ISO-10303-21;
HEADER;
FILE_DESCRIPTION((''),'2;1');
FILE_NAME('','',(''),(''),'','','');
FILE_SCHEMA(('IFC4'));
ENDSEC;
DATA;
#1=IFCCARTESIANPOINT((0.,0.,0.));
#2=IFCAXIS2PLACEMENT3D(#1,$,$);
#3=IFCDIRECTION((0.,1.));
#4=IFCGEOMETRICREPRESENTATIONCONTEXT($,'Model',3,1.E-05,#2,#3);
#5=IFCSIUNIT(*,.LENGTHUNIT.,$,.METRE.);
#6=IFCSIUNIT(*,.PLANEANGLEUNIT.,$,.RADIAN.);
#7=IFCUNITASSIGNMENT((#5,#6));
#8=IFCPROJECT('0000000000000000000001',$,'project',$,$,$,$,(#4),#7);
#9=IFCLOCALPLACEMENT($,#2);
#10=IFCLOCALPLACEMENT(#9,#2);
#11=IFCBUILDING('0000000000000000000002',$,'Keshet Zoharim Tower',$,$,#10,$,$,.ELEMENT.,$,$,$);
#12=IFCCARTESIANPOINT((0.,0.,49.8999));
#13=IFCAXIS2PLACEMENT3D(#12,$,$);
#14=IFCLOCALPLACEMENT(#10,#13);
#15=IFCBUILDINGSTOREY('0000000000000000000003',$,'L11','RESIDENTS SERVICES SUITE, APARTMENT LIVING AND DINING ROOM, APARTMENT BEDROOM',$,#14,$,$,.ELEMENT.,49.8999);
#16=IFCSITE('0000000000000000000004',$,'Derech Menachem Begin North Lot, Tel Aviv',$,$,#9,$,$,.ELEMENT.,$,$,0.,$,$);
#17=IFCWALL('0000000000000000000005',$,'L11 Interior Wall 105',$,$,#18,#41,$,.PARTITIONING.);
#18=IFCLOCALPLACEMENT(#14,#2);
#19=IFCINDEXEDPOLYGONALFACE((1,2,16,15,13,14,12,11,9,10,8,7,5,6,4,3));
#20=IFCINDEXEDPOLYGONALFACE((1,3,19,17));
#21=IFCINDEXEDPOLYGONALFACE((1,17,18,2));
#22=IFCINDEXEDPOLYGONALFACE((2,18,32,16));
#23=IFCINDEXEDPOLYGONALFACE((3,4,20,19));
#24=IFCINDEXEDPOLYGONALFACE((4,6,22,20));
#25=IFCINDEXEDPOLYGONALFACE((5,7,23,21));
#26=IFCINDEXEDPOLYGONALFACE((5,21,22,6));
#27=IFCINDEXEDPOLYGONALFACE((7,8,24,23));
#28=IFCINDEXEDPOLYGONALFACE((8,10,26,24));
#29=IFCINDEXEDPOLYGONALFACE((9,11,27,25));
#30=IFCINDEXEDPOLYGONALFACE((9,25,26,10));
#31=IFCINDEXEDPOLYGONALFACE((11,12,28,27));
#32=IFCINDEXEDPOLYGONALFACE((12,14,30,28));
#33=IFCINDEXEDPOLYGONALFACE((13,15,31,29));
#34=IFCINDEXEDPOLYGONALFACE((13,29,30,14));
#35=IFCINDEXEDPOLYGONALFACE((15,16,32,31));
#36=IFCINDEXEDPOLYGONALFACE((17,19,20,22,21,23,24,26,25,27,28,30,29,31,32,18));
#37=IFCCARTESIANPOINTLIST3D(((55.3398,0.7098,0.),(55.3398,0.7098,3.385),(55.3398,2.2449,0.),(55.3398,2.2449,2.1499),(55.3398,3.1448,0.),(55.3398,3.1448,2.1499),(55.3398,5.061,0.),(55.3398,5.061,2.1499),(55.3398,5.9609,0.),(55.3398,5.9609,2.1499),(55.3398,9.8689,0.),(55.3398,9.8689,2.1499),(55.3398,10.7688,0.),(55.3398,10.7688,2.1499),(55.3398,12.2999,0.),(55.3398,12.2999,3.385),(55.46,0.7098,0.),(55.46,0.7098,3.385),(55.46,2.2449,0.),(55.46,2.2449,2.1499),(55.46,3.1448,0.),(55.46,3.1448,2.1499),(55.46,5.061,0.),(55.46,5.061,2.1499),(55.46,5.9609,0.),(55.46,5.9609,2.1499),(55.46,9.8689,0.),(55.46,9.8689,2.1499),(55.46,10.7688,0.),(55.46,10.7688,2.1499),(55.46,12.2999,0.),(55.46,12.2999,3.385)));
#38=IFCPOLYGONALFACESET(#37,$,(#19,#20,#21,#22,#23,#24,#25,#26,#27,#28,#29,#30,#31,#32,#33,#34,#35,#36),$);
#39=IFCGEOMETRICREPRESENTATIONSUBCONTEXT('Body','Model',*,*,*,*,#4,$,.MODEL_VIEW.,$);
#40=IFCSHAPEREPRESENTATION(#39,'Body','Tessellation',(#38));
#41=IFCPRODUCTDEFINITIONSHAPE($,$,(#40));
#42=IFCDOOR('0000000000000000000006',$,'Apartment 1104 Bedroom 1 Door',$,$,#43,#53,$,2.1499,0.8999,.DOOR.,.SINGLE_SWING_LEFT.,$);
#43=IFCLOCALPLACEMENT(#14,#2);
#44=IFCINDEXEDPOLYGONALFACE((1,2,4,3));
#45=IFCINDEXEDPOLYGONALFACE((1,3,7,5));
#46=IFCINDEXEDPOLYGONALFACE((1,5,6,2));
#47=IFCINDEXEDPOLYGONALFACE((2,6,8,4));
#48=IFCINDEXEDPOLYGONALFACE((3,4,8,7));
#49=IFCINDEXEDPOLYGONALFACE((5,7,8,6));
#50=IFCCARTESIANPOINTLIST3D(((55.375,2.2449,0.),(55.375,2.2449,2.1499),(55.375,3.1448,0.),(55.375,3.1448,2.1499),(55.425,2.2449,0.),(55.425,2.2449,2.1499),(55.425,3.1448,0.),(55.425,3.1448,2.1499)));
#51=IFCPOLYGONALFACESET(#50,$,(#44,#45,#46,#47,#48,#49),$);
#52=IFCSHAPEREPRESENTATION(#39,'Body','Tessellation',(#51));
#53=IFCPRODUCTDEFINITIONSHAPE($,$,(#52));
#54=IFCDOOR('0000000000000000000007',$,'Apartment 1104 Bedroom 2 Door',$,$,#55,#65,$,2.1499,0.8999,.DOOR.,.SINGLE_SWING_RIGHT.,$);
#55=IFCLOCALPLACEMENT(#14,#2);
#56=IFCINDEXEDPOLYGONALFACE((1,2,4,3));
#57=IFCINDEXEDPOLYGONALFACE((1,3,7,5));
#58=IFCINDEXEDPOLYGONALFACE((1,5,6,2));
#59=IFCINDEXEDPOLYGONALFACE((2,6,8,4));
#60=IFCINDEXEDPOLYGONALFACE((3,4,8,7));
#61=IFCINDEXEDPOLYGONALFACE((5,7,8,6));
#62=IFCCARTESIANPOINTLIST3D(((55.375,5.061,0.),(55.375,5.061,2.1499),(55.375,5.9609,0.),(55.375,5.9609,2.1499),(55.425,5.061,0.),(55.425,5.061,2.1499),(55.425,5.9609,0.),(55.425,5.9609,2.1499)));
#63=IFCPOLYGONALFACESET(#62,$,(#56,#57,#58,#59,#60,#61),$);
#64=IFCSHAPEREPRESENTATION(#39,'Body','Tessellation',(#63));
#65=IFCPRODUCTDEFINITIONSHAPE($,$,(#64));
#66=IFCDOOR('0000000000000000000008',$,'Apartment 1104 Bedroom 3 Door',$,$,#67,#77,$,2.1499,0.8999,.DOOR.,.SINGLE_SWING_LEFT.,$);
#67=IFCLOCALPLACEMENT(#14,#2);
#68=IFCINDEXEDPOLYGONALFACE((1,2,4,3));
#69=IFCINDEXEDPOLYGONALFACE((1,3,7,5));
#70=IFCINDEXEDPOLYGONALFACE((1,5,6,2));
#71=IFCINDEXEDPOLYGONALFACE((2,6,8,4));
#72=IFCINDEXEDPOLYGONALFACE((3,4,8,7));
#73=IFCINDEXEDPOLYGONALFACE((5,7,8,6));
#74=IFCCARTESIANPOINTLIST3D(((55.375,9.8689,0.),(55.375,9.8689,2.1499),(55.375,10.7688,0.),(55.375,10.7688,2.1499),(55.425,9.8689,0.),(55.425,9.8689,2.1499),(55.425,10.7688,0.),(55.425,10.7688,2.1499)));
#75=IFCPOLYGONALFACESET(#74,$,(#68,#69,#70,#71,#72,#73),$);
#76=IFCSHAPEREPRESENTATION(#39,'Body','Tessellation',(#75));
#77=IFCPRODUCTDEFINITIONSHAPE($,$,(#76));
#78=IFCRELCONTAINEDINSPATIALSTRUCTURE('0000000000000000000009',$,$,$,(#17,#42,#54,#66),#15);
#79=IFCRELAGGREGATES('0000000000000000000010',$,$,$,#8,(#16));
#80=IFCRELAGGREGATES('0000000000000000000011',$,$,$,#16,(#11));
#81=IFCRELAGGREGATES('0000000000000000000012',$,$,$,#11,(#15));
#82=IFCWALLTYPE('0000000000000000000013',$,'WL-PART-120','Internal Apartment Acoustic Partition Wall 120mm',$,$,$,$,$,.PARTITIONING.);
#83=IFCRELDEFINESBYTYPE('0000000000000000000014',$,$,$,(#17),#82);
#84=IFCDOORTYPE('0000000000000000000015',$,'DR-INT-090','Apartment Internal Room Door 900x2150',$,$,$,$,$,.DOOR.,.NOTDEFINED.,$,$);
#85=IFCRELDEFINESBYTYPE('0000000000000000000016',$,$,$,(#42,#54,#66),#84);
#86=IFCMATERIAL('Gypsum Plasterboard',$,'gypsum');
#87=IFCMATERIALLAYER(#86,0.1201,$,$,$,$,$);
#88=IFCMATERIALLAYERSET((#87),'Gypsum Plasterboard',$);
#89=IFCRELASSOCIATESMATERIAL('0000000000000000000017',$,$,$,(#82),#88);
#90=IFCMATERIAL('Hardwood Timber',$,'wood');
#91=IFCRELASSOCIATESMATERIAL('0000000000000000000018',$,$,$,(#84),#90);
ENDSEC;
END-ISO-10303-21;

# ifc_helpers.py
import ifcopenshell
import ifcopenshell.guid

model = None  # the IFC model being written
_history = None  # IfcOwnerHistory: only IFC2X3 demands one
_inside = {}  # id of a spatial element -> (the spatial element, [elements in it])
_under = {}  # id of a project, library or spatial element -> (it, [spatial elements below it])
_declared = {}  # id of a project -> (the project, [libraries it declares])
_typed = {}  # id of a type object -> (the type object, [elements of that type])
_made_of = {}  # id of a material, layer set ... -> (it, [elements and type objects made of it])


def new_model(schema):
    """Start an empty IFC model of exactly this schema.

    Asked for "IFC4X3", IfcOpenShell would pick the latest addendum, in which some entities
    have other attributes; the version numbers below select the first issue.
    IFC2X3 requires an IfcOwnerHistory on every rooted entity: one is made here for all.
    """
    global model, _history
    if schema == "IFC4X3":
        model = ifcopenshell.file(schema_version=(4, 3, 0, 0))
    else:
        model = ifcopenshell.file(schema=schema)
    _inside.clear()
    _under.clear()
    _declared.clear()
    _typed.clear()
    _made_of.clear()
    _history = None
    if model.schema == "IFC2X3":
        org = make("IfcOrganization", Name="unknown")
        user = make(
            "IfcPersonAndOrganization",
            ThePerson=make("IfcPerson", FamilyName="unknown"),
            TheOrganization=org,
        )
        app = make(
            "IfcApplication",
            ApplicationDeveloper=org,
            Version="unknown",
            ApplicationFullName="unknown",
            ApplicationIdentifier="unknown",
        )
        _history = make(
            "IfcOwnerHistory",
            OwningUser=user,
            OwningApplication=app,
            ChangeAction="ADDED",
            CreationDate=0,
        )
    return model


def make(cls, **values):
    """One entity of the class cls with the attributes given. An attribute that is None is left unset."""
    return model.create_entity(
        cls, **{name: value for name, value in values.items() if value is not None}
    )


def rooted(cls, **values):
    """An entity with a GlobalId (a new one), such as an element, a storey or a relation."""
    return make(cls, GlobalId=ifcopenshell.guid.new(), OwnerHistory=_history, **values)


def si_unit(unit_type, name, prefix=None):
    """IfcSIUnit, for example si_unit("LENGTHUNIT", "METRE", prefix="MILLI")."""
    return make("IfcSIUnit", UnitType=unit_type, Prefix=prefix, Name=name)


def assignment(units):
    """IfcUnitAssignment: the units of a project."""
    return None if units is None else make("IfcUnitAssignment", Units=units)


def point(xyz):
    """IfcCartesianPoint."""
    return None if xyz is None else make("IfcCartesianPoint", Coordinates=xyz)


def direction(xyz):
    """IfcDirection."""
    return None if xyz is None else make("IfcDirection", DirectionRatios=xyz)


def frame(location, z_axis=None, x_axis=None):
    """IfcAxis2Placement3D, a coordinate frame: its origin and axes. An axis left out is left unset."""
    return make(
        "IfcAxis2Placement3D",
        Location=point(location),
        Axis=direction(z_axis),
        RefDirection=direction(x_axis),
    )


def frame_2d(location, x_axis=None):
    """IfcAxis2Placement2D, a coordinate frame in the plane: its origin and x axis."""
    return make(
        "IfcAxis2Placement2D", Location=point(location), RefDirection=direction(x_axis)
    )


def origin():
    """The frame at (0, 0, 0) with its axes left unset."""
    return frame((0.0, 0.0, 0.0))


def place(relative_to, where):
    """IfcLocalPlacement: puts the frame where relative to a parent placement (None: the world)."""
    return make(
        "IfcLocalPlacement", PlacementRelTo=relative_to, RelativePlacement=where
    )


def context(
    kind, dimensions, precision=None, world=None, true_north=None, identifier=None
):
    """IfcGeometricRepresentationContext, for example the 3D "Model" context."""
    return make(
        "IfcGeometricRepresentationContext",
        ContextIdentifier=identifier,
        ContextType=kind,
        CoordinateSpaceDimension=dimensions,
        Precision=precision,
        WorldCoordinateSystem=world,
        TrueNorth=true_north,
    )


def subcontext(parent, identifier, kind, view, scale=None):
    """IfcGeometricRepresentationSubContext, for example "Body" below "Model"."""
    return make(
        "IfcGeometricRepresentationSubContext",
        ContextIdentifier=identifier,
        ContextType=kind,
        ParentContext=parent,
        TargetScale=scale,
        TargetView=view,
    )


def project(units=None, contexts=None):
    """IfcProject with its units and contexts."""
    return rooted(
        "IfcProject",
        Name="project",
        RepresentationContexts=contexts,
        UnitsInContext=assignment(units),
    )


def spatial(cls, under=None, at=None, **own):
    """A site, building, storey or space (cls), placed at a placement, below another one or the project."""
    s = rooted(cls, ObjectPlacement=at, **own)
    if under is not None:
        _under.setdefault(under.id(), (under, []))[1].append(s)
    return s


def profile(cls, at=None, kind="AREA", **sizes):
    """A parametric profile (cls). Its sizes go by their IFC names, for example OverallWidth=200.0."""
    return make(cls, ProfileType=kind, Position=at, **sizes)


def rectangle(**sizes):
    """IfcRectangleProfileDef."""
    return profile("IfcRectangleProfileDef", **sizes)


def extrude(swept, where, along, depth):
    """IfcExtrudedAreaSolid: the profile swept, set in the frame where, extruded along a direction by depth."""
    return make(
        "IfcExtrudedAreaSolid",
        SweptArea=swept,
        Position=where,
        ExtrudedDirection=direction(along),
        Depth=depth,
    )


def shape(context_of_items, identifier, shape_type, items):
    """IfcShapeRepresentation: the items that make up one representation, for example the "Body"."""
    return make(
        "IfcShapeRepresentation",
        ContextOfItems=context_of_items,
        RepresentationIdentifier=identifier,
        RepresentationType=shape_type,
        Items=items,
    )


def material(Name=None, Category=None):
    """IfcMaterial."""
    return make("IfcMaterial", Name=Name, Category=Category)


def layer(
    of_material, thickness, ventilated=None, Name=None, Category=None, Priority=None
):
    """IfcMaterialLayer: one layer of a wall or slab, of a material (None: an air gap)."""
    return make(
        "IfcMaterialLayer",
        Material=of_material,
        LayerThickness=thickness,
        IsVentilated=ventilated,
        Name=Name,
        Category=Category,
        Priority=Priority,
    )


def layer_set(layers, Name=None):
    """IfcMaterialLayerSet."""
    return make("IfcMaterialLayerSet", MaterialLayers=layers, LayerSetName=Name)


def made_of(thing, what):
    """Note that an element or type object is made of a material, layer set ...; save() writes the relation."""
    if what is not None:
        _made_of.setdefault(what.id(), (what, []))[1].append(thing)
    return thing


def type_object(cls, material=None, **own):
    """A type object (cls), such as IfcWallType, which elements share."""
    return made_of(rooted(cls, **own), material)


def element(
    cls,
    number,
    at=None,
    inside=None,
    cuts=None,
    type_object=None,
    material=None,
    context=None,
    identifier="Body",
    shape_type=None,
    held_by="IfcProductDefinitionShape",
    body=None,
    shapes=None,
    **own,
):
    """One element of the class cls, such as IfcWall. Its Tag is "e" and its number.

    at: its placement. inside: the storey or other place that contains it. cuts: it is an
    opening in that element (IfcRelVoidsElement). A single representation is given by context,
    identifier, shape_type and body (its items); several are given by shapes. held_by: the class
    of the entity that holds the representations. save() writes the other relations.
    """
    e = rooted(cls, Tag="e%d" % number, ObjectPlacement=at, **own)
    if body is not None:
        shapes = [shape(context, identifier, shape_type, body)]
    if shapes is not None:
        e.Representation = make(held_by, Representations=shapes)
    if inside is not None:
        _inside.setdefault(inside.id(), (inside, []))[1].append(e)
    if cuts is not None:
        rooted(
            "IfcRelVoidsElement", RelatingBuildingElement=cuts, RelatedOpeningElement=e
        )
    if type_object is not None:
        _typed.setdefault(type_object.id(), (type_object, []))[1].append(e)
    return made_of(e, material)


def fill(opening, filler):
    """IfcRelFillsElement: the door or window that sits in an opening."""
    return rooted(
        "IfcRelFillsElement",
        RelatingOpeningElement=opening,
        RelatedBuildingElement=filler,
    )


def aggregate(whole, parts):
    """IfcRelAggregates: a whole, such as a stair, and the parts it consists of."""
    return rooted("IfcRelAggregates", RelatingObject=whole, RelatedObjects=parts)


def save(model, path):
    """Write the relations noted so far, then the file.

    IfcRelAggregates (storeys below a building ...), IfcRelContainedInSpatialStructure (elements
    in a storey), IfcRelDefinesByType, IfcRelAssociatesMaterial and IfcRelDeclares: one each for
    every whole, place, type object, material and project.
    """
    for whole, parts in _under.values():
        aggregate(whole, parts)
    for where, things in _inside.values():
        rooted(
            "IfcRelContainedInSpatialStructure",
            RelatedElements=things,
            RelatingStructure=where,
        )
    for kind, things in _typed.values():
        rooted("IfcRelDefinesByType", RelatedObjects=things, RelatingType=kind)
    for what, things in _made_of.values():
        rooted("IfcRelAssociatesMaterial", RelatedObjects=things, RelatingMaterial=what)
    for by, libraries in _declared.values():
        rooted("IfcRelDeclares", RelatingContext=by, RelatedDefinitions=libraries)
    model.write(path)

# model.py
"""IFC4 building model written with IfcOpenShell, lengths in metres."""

from ifc_helpers import new_model, si_unit, direction, frame, frame_2d, origin, place, context, subcontext, project, spatial, rectangle, extrude, material, layer, layer_set, type_object, element, fill, save


model = new_model("IFC4")

# Units and contexts
model_context = context("Model", 3, precision=1e-05, world=origin(), true_north=direction((0.0, 1.0)))
body_context = subcontext(model_context, "Body", "Model", "MODEL_VIEW")
ifc_project = project(units=[si_unit("LENGTHUNIT", "METRE"), si_unit("PLANEANGLEUNIT", "RADIAN")], contexts=[model_context])

# Site, building, storey
site_placement = place(None, origin())
site = spatial("IfcSite", under=ifc_project, at=site_placement, Name="Derech Menachem Begin North Lot, Tel Aviv", CompositionType="ELEMENT", RefElevation=0.0)
building_placement = place(site_placement, origin())
building = spatial("IfcBuilding", under=site, at=building_placement, Name="Keshet Zoharim Tower", CompositionType="ELEMENT")
storey_placement = place(building_placement, frame((0.0, 0.0, 49.8999)))
storey = spatial("IfcBuildingStorey", under=building, at=storey_placement, Name="L11", Description="RESIDENTS SERVICES SUITE, APARTMENT LIVING AND DINING ROOM, APARTMENT BEDROOM", CompositionType="ELEMENT", Elevation=49.8999)

# Shared definitions
ifc_material_1 = material(Name="Gypsum Plasterboard", Category="gypsum")
ifc_layer_1 = layer(ifc_material_1, 0.1201)
ifc_layer_set_1 = layer_set([ifc_layer_1], Name="Gypsum Plasterboard")
wall_type = type_object("IfcWallType", Name="WL-PART-120", Description="Internal Apartment Acoustic Partition Wall 120mm", PredefinedType="PARTITIONING", material=ifc_layer_set_1)

# Wall, openings, doors
wall_1_placement = place(storey_placement, frame((55.3999, 0.71, 0.0), z_axis=(0.0, 0.0, 1.0), x_axis=(0.0, 1.0, 0.0)))
wall_1 = element("IfcWall", 1, at=wall_1_placement, inside=storey, type_object=wall_type, Name="L11 Interior Wall 105", PredefinedType="PARTITIONING", context=body_context, shape_type="SweptSolid", body=[
    extrude(rectangle(XDim=11.5901, YDim=0.1201, at=frame_2d((5.7949, 0.0))), origin(), (0.0, 0.0, 1.0), 3.385),
])
opening_1_placement = place(wall_1_placement, frame((1.5349, 0.0, 0.0)))
opening_1 = element("IfcOpeningElement", 2, at=opening_1_placement, cuts=wall_1, PredefinedType="OPENING", context=body_context, shape_type="SweptSolid", body=[
    extrude(rectangle(XDim=0.8999, YDim=2.1499, at=frame_2d((0.45, 1.075))), frame((0.0, 0.0701, 0.0), z_axis=(0.0, -1.0, 0.0), x_axis=(1.0, 0.0, 0.0)), (0.0, 0.0, 1.0), 0.1401),
])
opening_2_placement = place(wall_1_placement, frame((4.3511, 0.0, 0.0)))
opening_2 = element("IfcOpeningElement", 3, at=opening_2_placement, cuts=wall_1, PredefinedType="OPENING", context=body_context, shape_type="SweptSolid", body=[
    extrude(rectangle(XDim=0.8999, YDim=2.1499, at=frame_2d((0.45, 1.075))), frame((0.0, 0.0701, 0.0), z_axis=(0.0, -1.0, 0.0), x_axis=(1.0, 0.0, 0.0)), (0.0, 0.0, 1.0), 0.1401),
])
opening_3_placement = place(wall_1_placement, frame((9.1589, 0.0, 0.0)))
opening_3 = element("IfcOpeningElement", 4, at=opening_3_placement, cuts=wall_1, PredefinedType="OPENING", context=body_context, shape_type="SweptSolid", body=[
    extrude(rectangle(XDim=0.8999, YDim=2.1499, at=frame_2d((0.45, 1.075))), frame((0.0, 0.0701, 0.0), z_axis=(0.0, -1.0, 0.0), x_axis=(1.0, 0.0, 0.0)), (0.0, 0.0, 1.0), 0.1401),
])
ifc_material_2 = material(Name="Hardwood Timber", Category="wood")
door_type = type_object("IfcDoorType", Name="DR-INT-090", Description="Apartment Internal Room Door 900x2150", OperationType="NOTDEFINED", PredefinedType="DOOR", material=ifc_material_2)
door_1_placement = place(opening_1_placement, origin())
door_1 = element("IfcDoor", 5, at=door_1_placement, inside=storey, type_object=door_type, Name="Apartment 1104 Bedroom 1 Door", OperationType="SINGLE_SWING_LEFT", OverallHeight=2.1499, OverallWidth=0.8999, PredefinedType="DOOR", context=body_context, shape_type="SweptSolid", body=[
    extrude(rectangle(XDim=0.8999, YDim=2.1499, at=frame_2d((0.45, 1.075))), frame((0.0, 0.0249, 0.0), z_axis=(0.0, -1.0, 0.0), x_axis=(1.0, 0.0, 0.0)), (0.0, 0.0, 1.0), 0.05),
])
fill(opening_1, door_1)
door_2_placement = place(opening_2_placement, origin())
door_2 = element("IfcDoor", 6, at=door_2_placement, inside=storey, type_object=door_type, Name="Apartment 1104 Bedroom 2 Door", OperationType="SINGLE_SWING_RIGHT", OverallHeight=2.1499, OverallWidth=0.8999, PredefinedType="DOOR", context=body_context, shape_type="SweptSolid", body=[
    extrude(rectangle(XDim=0.8999, YDim=2.1499, at=frame_2d((0.45, 1.075))), frame((0.0, 0.0249, 0.0), z_axis=(0.0, -1.0, 0.0), x_axis=(1.0, 0.0, 0.0)), (0.0, 0.0, 1.0), 0.05),
])
fill(opening_2, door_2)
door_3_placement = place(opening_3_placement, origin())
door_3 = element("IfcDoor", 7, at=door_3_placement, inside=storey, type_object=door_type, Name="Apartment 1104 Bedroom 3 Door", OperationType="SINGLE_SWING_LEFT", OverallHeight=2.1499, OverallWidth=0.8999, PredefinedType="DOOR", context=body_context, shape_type="SweptSolid", body=[
    extrude(rectangle(XDim=0.8999, YDim=2.1499, at=frame_2d((0.45, 1.075))), frame((0.0, 0.0249, 0.0), z_axis=(0.0, -1.0, 0.0), x_axis=(1.0, 0.0, 0.0)), (0.0, 0.0, 1.0), 0.05),
])
fill(opening_3, door_3)

save(model, "model.ifc")
